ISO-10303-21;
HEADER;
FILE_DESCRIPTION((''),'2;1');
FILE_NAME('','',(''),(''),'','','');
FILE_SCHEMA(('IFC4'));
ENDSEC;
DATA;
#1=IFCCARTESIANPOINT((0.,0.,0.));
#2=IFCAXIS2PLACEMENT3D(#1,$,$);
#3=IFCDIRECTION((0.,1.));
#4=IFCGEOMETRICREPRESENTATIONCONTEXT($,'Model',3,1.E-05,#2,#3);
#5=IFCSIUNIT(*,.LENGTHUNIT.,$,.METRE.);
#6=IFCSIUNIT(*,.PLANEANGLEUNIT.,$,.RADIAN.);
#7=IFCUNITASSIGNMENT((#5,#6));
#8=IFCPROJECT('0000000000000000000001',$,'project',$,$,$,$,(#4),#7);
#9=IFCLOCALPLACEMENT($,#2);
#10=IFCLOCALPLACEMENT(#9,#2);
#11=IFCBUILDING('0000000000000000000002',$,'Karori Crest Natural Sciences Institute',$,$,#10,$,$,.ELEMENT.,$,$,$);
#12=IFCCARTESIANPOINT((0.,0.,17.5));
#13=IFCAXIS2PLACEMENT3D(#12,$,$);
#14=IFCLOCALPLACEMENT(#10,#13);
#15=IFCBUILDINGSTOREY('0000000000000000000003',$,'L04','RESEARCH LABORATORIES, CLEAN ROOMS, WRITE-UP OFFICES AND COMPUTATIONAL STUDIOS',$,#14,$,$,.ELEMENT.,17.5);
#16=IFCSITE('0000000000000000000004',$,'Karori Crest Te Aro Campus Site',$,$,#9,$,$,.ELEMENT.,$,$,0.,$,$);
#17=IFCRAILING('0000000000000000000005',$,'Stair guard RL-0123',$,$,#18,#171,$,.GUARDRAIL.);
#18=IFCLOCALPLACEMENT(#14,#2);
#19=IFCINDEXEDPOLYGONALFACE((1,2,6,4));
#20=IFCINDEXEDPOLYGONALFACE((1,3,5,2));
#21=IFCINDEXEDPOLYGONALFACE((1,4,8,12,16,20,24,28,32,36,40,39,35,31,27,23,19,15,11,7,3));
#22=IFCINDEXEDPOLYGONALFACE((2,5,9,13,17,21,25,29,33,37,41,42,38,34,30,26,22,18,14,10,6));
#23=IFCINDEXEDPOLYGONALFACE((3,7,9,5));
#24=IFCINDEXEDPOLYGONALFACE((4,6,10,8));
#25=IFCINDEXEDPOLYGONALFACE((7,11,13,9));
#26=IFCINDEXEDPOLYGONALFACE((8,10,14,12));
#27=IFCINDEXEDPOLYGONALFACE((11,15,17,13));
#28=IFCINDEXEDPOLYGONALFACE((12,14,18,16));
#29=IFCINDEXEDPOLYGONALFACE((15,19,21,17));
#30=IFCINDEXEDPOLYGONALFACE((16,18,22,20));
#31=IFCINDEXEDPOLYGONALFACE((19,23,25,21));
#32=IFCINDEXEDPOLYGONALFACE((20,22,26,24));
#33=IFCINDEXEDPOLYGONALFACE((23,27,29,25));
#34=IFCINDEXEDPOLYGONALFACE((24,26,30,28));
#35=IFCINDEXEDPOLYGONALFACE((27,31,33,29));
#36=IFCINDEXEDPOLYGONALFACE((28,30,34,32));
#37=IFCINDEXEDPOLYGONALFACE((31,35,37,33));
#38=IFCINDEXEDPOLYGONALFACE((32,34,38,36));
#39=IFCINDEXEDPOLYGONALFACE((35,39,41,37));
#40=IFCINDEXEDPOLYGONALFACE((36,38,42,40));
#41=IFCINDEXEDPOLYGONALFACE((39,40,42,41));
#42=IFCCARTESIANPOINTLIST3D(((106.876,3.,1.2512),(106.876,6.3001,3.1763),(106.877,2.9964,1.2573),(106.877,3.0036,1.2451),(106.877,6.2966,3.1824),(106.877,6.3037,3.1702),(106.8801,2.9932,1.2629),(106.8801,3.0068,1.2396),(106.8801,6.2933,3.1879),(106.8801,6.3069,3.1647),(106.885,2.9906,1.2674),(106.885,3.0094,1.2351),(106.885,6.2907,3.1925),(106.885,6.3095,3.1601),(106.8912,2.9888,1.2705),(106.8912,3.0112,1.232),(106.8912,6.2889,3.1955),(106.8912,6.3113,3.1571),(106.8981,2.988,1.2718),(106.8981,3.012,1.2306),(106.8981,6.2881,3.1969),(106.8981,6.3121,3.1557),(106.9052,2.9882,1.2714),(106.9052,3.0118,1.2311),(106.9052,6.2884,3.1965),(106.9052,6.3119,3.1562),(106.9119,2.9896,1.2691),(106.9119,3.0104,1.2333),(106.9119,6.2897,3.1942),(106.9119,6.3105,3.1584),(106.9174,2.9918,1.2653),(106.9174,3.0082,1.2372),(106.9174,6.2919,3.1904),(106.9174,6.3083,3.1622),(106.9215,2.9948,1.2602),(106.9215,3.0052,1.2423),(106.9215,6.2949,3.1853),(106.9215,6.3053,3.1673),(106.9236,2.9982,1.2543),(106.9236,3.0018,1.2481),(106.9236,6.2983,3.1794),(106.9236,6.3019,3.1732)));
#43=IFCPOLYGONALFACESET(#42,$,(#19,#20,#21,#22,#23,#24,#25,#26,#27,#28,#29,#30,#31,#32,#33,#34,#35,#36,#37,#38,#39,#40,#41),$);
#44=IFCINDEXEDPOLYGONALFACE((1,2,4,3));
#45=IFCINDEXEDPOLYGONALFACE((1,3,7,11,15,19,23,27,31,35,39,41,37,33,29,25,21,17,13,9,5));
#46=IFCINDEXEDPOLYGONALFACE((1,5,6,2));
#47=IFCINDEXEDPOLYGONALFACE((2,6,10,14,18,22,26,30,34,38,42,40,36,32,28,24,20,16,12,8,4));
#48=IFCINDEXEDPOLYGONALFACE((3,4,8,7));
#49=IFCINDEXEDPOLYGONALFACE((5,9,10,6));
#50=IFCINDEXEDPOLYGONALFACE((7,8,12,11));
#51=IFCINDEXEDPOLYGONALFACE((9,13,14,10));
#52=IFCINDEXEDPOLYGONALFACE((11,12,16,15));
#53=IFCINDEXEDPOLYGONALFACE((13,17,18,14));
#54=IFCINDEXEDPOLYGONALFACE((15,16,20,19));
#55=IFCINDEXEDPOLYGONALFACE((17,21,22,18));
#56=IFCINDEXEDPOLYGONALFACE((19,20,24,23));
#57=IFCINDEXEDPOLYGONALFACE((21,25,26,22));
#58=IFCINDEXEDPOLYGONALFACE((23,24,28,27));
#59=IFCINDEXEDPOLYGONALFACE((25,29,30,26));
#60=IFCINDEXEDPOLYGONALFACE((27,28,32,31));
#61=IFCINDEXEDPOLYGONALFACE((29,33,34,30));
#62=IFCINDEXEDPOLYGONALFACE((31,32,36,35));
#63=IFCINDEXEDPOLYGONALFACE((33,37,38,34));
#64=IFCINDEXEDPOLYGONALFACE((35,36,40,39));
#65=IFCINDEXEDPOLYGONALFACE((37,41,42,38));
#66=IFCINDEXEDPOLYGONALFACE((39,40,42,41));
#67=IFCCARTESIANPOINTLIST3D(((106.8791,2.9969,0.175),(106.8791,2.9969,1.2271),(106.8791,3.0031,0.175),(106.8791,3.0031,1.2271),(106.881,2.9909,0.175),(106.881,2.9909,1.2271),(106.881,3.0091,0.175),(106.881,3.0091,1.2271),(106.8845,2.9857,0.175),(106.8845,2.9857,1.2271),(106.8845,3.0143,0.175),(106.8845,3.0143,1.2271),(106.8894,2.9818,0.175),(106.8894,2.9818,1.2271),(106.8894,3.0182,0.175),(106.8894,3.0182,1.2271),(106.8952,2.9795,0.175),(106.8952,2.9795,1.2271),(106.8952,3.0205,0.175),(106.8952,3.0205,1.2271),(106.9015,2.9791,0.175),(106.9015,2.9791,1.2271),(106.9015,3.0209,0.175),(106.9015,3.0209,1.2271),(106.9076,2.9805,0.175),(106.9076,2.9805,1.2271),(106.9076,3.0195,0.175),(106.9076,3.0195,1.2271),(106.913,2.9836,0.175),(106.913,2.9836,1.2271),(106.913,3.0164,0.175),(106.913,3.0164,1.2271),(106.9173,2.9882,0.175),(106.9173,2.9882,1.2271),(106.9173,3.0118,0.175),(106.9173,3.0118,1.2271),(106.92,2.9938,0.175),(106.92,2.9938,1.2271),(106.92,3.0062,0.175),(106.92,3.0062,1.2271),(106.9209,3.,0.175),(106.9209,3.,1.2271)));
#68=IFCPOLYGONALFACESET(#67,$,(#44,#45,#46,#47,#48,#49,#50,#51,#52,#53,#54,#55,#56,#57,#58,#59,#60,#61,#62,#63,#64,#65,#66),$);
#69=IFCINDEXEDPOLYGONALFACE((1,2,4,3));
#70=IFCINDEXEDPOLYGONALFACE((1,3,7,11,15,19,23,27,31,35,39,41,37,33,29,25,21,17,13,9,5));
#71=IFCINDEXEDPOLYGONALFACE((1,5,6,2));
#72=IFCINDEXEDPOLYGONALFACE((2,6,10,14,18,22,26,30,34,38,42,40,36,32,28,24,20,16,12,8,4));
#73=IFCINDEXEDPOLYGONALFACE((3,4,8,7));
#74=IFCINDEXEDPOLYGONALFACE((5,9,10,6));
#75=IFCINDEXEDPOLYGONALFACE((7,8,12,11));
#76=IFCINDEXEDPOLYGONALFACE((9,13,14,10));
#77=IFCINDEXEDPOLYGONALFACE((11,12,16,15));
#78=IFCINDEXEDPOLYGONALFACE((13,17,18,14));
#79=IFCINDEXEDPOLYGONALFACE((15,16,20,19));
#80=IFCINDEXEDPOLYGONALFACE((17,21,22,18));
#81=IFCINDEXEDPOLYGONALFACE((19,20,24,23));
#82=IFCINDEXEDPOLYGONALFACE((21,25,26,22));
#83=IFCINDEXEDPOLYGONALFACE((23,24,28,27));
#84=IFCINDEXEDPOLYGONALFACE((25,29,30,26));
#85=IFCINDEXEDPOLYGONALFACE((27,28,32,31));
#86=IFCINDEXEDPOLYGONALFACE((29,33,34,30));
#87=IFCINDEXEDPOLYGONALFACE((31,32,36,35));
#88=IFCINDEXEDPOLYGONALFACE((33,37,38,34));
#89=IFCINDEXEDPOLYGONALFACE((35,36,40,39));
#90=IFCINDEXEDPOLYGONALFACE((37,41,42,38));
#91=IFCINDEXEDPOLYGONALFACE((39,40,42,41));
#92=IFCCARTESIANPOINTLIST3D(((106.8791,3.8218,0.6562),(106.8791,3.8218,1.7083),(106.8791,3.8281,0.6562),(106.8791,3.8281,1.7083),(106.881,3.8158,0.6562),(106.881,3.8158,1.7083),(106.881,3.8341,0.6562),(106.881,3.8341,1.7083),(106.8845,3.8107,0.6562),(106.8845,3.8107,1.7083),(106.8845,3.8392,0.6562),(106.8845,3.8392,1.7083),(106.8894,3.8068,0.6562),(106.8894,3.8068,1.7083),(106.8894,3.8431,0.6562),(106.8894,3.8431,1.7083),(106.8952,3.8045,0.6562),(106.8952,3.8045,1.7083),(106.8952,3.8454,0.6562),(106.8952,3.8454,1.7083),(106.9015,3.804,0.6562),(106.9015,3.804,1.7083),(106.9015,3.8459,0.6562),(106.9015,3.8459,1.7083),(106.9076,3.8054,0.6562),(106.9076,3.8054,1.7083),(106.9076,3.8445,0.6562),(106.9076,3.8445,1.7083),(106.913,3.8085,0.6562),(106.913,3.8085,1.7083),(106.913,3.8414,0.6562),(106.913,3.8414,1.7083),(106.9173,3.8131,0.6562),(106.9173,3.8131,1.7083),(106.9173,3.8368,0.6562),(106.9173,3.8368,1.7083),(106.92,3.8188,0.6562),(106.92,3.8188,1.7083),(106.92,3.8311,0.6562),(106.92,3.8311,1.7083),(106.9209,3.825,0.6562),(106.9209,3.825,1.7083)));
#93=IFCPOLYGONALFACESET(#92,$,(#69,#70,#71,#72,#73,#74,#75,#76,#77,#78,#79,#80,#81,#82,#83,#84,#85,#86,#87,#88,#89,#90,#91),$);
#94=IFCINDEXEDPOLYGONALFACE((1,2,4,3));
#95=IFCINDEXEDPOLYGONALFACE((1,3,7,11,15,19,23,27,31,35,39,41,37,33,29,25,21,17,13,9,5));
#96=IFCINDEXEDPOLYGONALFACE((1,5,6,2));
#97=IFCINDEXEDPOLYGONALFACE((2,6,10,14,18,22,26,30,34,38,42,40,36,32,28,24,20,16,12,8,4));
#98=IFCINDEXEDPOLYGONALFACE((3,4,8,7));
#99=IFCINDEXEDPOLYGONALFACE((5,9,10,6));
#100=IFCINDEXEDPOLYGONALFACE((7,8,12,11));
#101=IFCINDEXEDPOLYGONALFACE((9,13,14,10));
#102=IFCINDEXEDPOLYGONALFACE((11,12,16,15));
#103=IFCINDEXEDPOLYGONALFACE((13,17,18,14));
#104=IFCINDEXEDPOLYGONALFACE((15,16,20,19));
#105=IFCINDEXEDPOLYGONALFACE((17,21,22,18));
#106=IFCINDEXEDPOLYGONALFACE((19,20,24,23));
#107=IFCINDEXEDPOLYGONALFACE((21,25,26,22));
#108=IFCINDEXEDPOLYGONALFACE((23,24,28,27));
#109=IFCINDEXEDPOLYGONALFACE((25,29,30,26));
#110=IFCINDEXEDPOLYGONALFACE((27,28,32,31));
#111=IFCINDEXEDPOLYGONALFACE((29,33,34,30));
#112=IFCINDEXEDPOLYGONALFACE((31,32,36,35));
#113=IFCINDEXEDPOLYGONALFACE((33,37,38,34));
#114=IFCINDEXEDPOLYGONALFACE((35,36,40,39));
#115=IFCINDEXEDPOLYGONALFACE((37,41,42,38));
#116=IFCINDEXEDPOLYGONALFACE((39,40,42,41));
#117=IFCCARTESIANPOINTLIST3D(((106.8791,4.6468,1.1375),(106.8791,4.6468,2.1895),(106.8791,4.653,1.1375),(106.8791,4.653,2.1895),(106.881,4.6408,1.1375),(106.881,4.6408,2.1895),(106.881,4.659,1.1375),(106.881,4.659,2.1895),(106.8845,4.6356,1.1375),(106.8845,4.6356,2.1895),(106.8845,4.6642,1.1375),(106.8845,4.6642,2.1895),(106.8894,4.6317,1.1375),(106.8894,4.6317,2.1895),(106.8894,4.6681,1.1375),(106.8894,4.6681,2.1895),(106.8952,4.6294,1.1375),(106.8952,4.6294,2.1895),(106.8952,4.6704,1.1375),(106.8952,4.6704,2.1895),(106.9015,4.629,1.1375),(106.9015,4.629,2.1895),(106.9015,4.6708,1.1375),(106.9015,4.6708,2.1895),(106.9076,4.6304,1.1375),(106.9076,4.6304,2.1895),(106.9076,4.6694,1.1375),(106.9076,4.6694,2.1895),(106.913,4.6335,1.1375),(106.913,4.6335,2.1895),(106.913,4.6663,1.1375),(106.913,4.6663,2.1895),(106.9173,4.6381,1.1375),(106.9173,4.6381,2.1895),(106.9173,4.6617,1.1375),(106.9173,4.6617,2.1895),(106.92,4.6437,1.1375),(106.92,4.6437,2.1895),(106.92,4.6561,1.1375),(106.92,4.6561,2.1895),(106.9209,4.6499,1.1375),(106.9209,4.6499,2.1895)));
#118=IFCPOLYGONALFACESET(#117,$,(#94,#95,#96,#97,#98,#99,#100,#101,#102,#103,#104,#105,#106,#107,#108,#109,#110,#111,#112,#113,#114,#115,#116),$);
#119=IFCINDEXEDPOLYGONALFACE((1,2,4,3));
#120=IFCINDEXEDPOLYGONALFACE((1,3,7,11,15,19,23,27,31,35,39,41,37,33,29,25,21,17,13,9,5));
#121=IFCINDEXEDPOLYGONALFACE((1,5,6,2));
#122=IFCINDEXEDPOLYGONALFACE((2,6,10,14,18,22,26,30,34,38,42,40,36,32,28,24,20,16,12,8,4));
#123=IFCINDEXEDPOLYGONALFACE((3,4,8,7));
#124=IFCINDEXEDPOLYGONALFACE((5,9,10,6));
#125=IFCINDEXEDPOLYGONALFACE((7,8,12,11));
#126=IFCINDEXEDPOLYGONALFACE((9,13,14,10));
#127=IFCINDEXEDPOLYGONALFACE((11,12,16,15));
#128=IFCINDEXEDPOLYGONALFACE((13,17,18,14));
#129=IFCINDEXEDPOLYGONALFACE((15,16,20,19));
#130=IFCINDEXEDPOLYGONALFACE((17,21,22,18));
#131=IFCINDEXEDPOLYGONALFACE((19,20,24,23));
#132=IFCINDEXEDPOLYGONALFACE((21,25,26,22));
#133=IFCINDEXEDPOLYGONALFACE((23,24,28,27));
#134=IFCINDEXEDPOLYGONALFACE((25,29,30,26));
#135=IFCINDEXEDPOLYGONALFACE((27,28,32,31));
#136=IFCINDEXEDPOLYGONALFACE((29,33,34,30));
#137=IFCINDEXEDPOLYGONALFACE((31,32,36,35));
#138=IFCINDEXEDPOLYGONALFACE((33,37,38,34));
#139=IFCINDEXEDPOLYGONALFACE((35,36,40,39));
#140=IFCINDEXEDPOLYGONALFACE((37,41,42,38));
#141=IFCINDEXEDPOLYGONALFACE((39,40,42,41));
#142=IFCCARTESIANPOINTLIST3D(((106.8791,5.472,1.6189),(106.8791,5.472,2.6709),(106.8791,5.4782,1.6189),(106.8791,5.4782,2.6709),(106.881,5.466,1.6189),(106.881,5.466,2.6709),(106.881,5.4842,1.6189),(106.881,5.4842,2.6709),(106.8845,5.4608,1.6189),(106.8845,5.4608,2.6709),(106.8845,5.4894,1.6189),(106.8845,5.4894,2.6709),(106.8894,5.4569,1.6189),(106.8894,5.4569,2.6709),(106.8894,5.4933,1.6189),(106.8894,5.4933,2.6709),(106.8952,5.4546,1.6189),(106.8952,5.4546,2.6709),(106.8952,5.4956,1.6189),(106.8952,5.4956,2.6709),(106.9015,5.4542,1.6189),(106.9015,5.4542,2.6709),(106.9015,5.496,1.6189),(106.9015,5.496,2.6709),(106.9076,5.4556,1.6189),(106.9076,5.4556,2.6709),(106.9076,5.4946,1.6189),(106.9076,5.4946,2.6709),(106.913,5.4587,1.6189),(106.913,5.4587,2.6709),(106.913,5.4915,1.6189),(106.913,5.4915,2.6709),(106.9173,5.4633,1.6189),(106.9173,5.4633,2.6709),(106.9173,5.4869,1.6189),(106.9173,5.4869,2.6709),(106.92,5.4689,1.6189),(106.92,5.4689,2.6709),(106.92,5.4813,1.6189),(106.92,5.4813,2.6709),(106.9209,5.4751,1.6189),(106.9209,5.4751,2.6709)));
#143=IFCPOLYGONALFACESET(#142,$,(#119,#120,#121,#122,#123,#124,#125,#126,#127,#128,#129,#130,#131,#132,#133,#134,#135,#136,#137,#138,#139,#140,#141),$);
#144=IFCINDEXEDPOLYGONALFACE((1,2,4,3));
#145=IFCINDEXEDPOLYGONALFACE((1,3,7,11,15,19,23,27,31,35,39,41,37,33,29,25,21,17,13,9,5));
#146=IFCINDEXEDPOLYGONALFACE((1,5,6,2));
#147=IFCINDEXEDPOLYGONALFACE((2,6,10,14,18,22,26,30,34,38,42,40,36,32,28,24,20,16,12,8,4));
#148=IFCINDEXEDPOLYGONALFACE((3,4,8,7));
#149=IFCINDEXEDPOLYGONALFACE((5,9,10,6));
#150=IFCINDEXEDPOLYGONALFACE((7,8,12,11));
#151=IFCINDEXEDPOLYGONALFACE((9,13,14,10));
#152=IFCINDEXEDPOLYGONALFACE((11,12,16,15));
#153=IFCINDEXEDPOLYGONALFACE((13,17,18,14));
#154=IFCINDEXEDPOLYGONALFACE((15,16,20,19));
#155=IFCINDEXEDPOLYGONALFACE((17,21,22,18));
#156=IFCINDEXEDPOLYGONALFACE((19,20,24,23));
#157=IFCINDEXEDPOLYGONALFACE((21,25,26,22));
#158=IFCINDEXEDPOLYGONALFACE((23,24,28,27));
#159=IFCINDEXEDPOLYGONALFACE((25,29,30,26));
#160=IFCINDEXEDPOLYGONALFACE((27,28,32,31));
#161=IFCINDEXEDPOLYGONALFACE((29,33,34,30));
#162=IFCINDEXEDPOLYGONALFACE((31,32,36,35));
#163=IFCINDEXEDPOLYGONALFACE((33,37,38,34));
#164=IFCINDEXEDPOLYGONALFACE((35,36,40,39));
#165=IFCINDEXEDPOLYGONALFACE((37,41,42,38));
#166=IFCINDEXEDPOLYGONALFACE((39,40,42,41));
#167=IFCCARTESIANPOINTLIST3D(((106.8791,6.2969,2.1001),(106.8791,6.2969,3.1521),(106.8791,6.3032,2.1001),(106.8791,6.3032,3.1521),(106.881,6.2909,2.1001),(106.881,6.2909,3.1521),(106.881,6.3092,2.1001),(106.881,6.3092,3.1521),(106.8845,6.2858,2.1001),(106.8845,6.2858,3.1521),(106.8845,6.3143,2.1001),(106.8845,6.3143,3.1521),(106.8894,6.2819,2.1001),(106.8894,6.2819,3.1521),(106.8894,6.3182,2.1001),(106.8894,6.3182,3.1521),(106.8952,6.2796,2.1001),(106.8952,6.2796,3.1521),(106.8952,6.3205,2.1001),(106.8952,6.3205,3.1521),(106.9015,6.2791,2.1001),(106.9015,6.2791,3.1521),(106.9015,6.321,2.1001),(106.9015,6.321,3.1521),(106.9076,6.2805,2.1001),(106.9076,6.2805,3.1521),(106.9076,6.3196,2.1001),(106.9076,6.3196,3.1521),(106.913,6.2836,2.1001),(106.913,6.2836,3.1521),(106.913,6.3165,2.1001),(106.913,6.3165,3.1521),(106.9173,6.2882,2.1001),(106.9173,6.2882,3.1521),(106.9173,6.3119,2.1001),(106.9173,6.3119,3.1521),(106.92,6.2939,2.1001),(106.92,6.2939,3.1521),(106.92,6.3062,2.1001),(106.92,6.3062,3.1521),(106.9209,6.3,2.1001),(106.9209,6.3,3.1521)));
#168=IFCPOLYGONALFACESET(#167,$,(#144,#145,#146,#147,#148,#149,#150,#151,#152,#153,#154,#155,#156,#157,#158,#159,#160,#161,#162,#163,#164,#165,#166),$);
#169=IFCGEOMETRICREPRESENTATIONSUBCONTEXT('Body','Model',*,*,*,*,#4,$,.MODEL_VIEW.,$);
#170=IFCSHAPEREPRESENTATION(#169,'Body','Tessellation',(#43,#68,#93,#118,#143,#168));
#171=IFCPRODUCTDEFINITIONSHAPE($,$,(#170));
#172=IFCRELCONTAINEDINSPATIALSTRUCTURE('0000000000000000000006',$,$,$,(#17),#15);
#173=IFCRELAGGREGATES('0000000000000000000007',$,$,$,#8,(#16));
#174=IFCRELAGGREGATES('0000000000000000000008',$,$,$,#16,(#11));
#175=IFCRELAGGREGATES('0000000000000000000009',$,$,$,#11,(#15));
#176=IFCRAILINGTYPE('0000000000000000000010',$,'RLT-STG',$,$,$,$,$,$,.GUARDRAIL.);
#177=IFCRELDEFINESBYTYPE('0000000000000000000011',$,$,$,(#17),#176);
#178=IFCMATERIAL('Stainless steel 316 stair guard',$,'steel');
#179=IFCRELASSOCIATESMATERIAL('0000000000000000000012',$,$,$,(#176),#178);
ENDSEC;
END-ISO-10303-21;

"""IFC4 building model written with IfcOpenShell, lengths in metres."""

from ifc_helpers import new_model, si_unit, direction, frame, origin, origin_2d, place, context, subcontext, project, spatial, circle, extrude, material, type_object, element, save


model = new_model("IFC4")

# Units and contexts
model_context = context("Model", 3, precision=1e-05, world=origin(), true_north=direction((0.0, 1.0)))
body_context = subcontext(model_context, "Body", "Model", "MODEL_VIEW")
ifc_project = project(units=[si_unit("LENGTHUNIT", "METRE"), si_unit("PLANEANGLEUNIT", "RADIAN")], contexts=[model_context])

# Site, building, storey
site_placement = place(None, origin())
site = spatial("IfcSite", under=ifc_project, at=site_placement, Name="Karori Crest Te Aro Campus Site", CompositionType="ELEMENT", RefElevation=0.0)
building_placement = place(site_placement, origin())
building = spatial("IfcBuilding", under=site, at=building_placement, Name="Karori Crest Natural Sciences Institute", CompositionType="ELEMENT")
storey_placement = place(building_placement, frame((0.0, 0.0, 17.5)))
storey = spatial("IfcBuildingStorey", under=building, at=storey_placement, Name="L04", Description="RESEARCH LABORATORIES, CLEAN ROOMS, WRITE-UP OFFICES AND COMPUTATIONAL STUDIOS", CompositionType="ELEMENT", Elevation=17.5)

# Railing
ifc_material_1 = material(Name="Stainless steel 316 stair guard", Category="steel")
railing_type = type_object("IfcRailingType", Name="RLT-STG", PredefinedType="GUARDRAIL", material=ifc_material_1)
railing_1_placement = place(storey_placement, frame((106.8999, 3.0, 0.175)))
element("IfcRailing", 1, at=railing_1_placement, inside=storey, type_object=railing_type, Name="Stair guard RL-0123", PredefinedType="GUARDRAIL", context=body_context, shape_type="SweptSolid", body=[
    extrude(circle(Radius=0.0239, at=origin_2d()), frame((0.0, 0.0, 1.0762), z_axis=(0.0, 0.863777, 0.503875), x_axis=(-1.0, 0.0, 0.0)), (0.0, 0.0, 1.0), 3.8206),
    extrude(circle(Radius=0.021, at=origin_2d()), origin(), (0.0, 0.0, 1.0), 1.052),
    extrude(circle(Radius=0.021, at=origin_2d()), frame((0.0, 0.825, 0.4812)), (0.0, 0.0, 1.0), 1.052),
    extrude(circle(Radius=0.021, at=origin_2d()), frame((0.0, 1.6499, 0.9624)), (0.0, 0.0, 1.0), 1.052),
    extrude(circle(Radius=0.021, at=origin_2d()), frame((0.0, 2.4751, 1.4438)), (0.0, 0.0, 1.0), 1.052),
    extrude(circle(Radius=0.021, at=origin_2d()), frame((0.0, 3.3, 1.925)), (0.0, 0.0, 1.0), 1.052),
])

save(model, "model.ifc")
